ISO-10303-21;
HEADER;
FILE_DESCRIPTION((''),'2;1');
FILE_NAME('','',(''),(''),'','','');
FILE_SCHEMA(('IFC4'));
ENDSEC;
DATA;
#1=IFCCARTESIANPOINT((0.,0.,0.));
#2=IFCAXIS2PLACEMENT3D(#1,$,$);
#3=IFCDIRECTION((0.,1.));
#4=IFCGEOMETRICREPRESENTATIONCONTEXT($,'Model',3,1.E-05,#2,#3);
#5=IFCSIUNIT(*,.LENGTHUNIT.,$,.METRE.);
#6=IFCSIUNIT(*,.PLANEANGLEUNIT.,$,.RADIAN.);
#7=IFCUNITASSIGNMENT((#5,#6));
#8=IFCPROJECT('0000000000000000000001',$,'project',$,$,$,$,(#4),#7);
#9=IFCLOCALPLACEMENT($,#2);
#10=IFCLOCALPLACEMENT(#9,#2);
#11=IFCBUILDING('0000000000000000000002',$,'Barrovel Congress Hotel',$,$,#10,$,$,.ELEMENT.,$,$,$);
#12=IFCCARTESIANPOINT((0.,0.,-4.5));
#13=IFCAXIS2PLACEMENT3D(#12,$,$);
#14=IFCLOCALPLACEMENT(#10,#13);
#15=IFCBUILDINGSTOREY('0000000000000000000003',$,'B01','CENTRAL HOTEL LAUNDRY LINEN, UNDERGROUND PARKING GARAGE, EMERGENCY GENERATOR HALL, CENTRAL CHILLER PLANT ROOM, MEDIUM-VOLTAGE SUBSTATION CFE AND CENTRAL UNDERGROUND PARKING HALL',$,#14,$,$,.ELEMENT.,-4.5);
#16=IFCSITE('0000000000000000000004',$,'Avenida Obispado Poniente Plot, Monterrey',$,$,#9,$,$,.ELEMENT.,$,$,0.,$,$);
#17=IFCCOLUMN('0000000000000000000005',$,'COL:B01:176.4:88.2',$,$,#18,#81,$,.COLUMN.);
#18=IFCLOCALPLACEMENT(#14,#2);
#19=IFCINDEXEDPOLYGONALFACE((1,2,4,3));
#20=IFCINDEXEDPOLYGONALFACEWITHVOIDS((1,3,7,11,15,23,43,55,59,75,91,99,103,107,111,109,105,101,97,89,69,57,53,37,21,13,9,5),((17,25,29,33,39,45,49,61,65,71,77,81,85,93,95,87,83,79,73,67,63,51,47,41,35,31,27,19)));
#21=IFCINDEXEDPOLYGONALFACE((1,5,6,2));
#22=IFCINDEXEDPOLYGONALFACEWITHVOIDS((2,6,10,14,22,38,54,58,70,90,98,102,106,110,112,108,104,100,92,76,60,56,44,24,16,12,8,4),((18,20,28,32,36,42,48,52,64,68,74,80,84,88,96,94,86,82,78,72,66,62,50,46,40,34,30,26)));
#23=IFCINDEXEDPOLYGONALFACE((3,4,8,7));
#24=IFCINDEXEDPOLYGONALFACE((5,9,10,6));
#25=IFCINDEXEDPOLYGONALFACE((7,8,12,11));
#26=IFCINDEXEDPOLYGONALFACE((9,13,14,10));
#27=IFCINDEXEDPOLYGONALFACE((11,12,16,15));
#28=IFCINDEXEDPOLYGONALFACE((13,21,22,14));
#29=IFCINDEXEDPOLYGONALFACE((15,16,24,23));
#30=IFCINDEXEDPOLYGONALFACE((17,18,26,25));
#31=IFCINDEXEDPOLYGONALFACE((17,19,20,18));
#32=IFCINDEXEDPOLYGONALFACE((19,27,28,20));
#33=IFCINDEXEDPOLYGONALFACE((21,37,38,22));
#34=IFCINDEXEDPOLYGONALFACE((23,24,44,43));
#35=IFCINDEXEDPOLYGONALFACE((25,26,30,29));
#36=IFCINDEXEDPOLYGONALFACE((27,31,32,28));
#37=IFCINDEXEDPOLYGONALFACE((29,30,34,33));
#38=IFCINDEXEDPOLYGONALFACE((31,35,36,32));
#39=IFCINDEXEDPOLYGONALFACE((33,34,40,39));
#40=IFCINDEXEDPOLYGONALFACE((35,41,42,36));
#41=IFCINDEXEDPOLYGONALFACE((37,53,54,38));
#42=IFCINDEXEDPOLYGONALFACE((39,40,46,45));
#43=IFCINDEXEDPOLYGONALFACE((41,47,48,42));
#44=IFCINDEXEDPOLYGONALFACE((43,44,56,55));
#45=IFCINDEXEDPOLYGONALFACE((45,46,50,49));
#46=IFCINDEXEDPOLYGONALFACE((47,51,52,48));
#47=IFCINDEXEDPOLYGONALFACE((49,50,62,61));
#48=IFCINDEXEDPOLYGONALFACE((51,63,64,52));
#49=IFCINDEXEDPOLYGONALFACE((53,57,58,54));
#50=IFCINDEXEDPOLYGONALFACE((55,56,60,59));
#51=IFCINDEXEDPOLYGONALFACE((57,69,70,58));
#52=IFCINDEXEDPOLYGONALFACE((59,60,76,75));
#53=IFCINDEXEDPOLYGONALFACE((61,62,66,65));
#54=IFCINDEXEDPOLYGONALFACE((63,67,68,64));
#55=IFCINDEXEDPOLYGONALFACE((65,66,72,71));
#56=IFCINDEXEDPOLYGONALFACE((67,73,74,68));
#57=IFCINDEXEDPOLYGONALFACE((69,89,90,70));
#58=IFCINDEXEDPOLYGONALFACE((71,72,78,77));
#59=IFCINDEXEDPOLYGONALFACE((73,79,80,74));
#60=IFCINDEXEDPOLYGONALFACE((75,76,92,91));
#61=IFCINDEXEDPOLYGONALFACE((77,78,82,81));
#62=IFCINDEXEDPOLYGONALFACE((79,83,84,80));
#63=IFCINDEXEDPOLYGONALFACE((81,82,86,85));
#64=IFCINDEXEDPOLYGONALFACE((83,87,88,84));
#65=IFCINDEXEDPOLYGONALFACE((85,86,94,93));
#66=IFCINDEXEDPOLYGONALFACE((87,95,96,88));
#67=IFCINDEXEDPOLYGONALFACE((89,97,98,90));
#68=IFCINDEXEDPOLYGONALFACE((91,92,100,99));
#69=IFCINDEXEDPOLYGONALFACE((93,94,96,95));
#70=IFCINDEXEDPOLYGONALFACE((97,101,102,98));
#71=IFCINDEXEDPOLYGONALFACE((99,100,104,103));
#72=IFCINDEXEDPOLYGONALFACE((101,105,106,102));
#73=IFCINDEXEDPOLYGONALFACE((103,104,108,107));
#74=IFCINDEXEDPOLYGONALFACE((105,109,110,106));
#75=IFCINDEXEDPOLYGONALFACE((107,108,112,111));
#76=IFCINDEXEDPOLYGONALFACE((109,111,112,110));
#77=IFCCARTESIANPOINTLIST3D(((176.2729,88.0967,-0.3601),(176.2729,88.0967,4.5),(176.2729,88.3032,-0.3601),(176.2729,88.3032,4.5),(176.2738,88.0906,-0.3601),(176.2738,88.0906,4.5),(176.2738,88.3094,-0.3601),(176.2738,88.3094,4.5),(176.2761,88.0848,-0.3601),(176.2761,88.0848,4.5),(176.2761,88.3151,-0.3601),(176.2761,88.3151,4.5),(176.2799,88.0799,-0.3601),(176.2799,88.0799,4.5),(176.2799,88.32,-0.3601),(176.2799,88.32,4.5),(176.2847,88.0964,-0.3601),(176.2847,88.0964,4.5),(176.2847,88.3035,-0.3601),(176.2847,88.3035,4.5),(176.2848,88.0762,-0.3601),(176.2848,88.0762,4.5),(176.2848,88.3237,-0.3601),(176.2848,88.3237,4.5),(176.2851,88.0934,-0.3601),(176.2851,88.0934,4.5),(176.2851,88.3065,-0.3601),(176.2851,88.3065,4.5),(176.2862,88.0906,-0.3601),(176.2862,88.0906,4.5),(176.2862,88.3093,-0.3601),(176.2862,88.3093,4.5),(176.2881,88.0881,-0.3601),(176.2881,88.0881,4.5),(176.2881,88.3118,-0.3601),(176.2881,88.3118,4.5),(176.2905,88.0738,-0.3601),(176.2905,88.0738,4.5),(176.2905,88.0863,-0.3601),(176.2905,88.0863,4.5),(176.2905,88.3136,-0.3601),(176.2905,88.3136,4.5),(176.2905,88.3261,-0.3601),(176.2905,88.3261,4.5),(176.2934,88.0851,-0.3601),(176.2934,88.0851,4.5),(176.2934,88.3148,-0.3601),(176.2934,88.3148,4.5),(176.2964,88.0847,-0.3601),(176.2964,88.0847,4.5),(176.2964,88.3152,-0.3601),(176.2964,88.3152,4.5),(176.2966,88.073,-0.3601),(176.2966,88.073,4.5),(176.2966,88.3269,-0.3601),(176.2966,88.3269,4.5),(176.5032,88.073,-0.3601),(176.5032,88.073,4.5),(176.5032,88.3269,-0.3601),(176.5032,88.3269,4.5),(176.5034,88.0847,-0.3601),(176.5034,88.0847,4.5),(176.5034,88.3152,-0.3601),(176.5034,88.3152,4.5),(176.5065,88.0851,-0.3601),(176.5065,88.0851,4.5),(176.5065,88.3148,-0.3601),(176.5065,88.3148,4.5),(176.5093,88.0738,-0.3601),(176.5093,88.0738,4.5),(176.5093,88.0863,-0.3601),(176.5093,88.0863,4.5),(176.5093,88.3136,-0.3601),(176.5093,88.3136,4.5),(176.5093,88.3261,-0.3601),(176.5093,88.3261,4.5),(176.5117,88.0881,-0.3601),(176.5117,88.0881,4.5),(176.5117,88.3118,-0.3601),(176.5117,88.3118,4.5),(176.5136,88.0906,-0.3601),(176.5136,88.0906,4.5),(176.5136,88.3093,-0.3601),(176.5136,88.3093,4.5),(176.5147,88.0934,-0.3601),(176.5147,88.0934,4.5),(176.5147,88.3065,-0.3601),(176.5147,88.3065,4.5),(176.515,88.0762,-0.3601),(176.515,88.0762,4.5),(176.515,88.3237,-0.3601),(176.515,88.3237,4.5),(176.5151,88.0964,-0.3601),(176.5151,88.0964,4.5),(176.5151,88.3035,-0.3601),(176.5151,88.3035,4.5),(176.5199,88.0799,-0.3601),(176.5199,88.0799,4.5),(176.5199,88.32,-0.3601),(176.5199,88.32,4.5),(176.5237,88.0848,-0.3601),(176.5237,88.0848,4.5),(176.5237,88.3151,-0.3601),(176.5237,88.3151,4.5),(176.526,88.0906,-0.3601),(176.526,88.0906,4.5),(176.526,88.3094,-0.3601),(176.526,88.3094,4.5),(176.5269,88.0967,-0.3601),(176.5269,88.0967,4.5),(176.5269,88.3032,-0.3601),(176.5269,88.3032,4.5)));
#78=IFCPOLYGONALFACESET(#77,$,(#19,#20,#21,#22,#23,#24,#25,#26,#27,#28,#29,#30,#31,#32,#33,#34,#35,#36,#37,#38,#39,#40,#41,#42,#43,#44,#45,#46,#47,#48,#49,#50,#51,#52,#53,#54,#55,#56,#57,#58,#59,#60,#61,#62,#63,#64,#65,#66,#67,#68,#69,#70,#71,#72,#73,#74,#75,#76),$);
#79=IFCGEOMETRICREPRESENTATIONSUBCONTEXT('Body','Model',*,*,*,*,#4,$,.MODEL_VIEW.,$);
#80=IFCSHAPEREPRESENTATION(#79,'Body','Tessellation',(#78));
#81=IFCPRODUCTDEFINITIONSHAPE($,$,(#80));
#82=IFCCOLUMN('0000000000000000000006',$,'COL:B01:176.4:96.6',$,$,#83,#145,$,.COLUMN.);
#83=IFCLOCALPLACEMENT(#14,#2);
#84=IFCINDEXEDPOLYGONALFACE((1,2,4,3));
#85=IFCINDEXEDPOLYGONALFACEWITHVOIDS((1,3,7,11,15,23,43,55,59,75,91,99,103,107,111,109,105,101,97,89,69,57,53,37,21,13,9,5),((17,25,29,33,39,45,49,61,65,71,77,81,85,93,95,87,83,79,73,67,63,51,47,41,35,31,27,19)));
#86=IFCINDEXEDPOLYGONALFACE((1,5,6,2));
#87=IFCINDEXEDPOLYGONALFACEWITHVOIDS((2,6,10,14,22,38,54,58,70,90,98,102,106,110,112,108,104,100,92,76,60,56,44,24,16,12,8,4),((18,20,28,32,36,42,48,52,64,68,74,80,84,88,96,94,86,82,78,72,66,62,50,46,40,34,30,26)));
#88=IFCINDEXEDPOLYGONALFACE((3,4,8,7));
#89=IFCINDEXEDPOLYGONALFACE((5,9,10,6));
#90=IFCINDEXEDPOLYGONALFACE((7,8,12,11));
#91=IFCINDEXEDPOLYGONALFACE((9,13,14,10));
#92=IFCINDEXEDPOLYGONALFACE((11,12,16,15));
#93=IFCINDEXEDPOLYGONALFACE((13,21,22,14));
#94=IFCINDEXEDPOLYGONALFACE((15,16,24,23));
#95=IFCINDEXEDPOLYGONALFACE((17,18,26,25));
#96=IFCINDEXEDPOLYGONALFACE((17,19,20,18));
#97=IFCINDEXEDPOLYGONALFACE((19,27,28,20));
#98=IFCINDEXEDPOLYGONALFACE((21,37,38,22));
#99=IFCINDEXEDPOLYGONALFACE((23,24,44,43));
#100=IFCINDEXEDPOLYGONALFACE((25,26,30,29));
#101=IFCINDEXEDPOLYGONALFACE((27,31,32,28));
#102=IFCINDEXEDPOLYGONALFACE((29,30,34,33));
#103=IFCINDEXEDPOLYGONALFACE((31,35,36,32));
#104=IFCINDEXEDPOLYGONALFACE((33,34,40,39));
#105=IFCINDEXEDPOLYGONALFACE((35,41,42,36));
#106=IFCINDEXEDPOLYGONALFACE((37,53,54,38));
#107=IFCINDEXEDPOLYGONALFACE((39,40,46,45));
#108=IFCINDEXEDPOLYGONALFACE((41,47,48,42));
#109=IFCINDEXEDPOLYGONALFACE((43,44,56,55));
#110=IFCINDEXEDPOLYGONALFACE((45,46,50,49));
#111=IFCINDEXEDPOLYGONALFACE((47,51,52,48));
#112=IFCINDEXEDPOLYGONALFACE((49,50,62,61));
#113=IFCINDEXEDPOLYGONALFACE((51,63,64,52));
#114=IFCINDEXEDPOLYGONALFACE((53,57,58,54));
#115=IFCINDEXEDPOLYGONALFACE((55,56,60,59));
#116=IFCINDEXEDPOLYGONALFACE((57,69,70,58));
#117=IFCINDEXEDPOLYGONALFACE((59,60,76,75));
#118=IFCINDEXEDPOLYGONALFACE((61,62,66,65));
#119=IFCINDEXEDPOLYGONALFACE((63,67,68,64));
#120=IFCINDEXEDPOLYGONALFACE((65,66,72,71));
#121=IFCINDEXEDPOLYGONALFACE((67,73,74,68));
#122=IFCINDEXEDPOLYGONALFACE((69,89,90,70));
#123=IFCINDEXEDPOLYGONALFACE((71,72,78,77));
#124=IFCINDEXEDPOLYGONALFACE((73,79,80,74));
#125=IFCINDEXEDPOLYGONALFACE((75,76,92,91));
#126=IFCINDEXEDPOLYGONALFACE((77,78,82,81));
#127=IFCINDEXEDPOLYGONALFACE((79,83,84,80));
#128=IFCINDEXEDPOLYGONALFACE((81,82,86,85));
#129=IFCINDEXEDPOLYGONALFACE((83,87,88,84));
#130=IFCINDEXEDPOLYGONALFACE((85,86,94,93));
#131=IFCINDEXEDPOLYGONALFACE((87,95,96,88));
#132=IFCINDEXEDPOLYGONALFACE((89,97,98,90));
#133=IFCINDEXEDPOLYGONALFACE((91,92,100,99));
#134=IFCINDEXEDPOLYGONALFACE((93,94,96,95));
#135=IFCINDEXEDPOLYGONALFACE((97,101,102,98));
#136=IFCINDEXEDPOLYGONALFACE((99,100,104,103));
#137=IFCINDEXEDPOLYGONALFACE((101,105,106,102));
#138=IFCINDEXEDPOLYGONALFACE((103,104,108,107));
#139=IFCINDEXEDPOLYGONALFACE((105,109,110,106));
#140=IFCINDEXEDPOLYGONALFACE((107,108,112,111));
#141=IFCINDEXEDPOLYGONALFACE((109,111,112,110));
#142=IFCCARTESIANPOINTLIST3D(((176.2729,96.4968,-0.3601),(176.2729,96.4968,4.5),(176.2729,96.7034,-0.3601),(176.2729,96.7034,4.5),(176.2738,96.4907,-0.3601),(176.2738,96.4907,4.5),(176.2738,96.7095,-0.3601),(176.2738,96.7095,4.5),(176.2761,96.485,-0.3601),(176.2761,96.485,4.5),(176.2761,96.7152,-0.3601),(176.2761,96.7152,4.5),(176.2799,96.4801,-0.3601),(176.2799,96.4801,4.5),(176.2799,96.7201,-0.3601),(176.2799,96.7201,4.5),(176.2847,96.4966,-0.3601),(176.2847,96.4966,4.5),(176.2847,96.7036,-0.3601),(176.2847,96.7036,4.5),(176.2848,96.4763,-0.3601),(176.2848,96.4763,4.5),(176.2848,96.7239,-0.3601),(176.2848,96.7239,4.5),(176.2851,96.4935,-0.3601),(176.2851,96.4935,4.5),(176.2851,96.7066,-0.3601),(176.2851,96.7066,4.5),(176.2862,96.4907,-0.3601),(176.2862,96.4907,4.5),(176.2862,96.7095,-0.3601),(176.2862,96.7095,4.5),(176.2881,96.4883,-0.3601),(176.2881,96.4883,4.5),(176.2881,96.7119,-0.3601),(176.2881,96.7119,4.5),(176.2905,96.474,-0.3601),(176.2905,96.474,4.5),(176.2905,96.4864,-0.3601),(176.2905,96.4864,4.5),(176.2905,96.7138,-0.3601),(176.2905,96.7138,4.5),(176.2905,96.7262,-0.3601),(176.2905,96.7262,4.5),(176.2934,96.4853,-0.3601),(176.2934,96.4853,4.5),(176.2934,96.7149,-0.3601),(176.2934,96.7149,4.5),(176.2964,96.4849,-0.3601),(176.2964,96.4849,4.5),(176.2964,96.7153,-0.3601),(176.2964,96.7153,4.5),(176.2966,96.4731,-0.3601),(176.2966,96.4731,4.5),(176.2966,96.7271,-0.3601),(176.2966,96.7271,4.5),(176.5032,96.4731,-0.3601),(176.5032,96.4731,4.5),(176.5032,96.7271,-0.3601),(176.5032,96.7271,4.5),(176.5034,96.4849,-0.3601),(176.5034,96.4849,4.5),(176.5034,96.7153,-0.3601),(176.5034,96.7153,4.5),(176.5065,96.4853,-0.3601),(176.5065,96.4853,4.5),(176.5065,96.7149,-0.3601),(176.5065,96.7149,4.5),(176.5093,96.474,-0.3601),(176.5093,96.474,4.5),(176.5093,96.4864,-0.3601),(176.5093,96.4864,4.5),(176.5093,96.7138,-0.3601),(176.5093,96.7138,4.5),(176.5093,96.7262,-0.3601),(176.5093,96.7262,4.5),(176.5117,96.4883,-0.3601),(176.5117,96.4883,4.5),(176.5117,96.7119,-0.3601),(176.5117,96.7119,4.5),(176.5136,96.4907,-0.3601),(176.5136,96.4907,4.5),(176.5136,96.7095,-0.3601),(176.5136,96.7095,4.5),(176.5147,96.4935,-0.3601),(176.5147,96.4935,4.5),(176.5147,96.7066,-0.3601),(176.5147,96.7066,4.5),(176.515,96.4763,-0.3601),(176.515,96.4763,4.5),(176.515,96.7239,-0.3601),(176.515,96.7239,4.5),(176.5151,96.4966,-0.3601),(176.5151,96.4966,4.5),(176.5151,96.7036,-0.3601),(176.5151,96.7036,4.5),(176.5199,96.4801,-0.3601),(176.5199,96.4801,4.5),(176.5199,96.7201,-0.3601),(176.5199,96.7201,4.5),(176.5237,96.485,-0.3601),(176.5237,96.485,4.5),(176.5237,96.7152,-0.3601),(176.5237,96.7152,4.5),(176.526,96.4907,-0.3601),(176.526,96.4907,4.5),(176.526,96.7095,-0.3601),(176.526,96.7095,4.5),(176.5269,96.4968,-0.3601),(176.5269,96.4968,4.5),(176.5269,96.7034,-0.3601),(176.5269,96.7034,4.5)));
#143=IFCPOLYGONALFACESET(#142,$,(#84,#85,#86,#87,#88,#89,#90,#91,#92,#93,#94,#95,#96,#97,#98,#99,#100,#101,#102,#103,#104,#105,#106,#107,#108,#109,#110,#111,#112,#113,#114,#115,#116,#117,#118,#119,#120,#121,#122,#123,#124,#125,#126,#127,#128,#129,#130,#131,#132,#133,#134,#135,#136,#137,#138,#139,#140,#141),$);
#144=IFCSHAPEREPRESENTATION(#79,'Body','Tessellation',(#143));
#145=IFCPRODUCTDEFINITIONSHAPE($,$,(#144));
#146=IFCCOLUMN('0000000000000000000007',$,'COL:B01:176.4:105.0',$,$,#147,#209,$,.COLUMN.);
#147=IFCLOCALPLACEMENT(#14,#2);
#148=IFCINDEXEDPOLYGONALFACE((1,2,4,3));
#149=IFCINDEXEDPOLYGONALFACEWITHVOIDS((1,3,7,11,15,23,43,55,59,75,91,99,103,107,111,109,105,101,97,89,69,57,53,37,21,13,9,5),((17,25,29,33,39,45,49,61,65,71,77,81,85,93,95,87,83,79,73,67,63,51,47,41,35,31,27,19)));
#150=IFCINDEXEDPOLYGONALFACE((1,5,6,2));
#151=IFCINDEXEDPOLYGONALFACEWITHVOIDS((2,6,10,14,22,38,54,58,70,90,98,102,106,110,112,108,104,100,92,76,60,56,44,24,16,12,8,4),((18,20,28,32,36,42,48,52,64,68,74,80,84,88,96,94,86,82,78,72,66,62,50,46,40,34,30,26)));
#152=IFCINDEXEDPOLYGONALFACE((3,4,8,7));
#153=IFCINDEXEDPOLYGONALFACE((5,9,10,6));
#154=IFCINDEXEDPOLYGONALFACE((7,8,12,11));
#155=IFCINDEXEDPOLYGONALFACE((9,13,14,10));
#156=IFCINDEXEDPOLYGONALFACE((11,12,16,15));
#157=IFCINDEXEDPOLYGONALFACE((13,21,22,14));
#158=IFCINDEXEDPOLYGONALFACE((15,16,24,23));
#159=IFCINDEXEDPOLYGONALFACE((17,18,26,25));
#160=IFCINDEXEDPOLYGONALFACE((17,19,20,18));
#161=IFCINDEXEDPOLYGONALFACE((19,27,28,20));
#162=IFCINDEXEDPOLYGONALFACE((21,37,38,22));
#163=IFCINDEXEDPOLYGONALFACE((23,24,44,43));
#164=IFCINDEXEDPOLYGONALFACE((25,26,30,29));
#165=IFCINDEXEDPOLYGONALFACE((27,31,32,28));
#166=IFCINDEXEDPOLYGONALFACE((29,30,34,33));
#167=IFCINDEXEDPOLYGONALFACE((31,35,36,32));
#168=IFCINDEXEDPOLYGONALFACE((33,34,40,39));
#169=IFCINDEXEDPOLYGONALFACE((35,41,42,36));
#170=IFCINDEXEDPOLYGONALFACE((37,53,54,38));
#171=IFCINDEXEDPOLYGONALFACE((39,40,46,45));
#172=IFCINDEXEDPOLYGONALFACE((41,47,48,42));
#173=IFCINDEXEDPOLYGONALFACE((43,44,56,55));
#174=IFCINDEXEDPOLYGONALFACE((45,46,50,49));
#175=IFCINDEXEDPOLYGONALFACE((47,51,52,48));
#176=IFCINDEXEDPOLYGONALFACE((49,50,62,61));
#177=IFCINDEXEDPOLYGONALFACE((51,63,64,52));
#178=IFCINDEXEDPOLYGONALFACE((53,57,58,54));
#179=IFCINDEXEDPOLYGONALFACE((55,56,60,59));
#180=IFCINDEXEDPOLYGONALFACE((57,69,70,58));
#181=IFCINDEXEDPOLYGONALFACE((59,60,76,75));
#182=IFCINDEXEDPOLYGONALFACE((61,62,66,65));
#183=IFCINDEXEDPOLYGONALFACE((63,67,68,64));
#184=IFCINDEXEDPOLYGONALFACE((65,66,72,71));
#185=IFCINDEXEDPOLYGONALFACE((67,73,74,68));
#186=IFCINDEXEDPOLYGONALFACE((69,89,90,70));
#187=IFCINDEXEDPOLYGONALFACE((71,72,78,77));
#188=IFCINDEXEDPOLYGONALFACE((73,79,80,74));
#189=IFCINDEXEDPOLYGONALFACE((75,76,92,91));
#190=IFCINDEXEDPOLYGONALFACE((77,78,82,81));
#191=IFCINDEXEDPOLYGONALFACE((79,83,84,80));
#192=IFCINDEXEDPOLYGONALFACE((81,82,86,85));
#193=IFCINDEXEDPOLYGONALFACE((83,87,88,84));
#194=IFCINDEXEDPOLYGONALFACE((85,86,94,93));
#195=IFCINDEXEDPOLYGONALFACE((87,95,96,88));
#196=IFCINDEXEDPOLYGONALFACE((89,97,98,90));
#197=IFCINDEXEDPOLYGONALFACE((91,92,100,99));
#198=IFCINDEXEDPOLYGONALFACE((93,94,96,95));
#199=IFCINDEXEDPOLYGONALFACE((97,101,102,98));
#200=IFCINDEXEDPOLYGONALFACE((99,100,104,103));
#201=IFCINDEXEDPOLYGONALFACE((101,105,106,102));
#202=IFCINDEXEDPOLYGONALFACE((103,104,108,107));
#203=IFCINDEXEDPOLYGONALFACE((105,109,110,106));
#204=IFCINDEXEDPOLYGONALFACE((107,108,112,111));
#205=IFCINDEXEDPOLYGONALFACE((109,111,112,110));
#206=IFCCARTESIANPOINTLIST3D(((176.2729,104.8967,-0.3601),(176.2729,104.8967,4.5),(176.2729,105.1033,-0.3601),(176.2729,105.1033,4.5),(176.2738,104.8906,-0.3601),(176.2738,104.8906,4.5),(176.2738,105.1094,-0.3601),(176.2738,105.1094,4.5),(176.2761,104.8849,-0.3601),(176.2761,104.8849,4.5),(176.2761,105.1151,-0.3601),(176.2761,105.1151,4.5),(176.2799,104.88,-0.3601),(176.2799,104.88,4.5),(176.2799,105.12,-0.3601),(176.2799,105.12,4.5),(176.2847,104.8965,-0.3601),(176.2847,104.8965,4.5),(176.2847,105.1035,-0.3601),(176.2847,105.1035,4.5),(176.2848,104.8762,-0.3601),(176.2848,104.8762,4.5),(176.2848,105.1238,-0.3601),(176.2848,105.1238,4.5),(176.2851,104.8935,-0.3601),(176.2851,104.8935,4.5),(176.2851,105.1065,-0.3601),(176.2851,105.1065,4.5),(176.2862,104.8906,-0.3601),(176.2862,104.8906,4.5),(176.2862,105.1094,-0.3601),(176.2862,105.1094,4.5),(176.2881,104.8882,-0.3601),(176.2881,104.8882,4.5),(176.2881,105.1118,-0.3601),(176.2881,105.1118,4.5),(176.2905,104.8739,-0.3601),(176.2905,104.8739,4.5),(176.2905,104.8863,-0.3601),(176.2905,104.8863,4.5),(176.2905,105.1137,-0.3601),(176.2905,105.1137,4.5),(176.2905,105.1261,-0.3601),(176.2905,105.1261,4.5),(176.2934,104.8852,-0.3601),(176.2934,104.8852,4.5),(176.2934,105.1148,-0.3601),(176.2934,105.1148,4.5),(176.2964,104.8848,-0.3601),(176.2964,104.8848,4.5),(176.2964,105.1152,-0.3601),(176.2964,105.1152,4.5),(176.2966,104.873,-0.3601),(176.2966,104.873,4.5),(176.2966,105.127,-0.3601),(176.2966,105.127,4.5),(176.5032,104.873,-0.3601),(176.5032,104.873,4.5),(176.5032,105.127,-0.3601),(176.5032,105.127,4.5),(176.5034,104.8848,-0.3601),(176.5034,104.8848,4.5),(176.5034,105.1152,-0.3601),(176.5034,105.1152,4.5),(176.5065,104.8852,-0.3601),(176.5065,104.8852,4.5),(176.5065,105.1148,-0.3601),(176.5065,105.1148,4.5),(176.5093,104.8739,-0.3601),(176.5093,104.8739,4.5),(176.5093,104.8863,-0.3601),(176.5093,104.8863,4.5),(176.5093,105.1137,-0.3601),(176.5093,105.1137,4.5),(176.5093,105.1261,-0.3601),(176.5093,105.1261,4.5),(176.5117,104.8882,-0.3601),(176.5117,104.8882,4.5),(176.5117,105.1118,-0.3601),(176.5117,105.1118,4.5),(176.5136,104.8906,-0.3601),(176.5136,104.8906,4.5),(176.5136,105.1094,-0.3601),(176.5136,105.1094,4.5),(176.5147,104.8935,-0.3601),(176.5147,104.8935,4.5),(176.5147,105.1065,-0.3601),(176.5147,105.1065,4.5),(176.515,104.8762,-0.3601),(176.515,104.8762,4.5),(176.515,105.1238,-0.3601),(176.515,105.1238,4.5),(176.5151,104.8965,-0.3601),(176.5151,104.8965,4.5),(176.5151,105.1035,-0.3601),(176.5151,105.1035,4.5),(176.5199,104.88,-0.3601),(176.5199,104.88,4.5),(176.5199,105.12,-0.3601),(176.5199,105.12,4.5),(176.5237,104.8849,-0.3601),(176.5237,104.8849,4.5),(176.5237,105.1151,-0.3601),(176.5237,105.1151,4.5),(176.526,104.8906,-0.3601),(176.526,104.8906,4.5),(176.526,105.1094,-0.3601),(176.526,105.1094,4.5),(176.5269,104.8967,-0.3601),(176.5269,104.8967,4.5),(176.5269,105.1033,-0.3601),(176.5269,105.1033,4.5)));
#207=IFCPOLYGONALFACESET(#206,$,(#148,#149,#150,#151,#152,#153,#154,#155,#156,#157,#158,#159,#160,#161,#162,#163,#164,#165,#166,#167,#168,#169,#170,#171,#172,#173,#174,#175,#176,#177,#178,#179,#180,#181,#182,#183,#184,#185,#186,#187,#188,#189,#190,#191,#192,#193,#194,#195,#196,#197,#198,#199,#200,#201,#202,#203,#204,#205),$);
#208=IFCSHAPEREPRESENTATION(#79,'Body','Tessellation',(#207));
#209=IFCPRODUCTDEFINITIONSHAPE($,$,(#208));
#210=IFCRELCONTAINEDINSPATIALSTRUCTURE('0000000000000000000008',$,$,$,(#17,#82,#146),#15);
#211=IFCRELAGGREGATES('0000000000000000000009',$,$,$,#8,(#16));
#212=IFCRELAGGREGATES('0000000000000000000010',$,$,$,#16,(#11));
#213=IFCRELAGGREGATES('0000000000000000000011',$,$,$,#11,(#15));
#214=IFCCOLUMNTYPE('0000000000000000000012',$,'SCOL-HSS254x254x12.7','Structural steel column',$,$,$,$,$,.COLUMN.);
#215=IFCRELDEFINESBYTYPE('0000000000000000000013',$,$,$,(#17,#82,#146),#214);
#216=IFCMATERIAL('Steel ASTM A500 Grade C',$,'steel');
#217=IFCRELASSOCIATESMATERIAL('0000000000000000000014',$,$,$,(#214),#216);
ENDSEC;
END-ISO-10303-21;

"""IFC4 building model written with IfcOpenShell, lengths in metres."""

from ifc_helpers import new_model, si_unit, direction, frame, origin, origin_2d, place, context, subcontext, project, spatial, hollow_rectangle, extrude, material, material_profile, profile_set, type_object, element, save


model = new_model("IFC4")

# Units and contexts
model_context = context("Model", 3, precision=1e-05, world=origin(), true_north=direction((0.0, 1.0)))
body_context = subcontext(model_context, "Body", "Model", "MODEL_VIEW")
ifc_project = project(units=[si_unit("LENGTHUNIT", "METRE"), si_unit("PLANEANGLEUNIT", "RADIAN")], contexts=[model_context])

# Site, building, storey
site_placement = place(None, origin())
site = spatial("IfcSite", under=ifc_project, at=site_placement, Name="Avenida Obispado Poniente Plot, Monterrey", CompositionType="ELEMENT", RefElevation=0.0)
building_placement = place(site_placement, origin())
building = spatial("IfcBuilding", under=site, at=building_placement, Name="Barrovel Congress Hotel", CompositionType="ELEMENT")
storey_placement = place(building_placement, frame((0.0, 0.0, -4.5)))
storey = spatial("IfcBuildingStorey", under=building, at=storey_placement, Name="B01", Description="CENTRAL HOTEL LAUNDRY LINEN, UNDERGROUND PARKING GARAGE, EMERGENCY GENERATOR HALL, CENTRAL CHILLER PLANT ROOM, MEDIUM-VOLTAGE SUBSTATION CFE AND CENTRAL UNDERGROUND PARKING HALL", CompositionType="ELEMENT", Elevation=-4.5)

# Columns
ifc_material_1 = material(Name="Steel ASTM A500 Grade C", Category="steel")
ifc_material_profile_1 = material_profile(ifc_material_1, hollow_rectangle(XDim=0.2539, YDim=0.2539, WallThickness=0.0117, InnerFilletRadius=0.0117, OuterFilletRadius=0.0237, at=origin_2d()), Name="HSS254x254x12.7")
ifc_profile_set_1 = profile_set([ifc_material_profile_1], Name="Steel ASTM A500 Grade C")
column_type_1 = type_object("IfcColumnType", Name="SCOL-HSS254x254x12.7", Description="Structural steel column", PredefinedType="COLUMN", material=ifc_profile_set_1)
for number, where, z_axis, x_axis, name in (
    (1, (176.3999, 88.2, -0.3601), (0.0, 0.0, 1.0), (1.0, 0.0, 0.0), "COL:B01:176.4:88.2"),
    (2, (176.3999, 96.6001, -0.3601), (0.0, 0.0, 1.0), (1.0, 0.0, 0.0), "COL:B01:176.4:96.6"),
    (3, (176.3999, 105.0, -0.3601), (0.0, 0.0, 1.0), (1.0, 0.0, 0.0), "COL:B01:176.4:105.0"),
):
    element("IfcColumn", number, at=place(storey_placement, frame(where, z_axis=z_axis, x_axis=x_axis)), inside=storey, type_object=column_type_1, Name=name, PredefinedType="COLUMN", context=body_context, shape_type="SweptSolid", body=[
        extrude(hollow_rectangle(XDim=0.2539, YDim=0.2539, WallThickness=0.0117, InnerFilletRadius=0.0117, OuterFilletRadius=0.0237, at=origin_2d()), origin(), (0.0, 0.0, 1.0), 4.8601),
    ])

save(model, "model.ifc")
